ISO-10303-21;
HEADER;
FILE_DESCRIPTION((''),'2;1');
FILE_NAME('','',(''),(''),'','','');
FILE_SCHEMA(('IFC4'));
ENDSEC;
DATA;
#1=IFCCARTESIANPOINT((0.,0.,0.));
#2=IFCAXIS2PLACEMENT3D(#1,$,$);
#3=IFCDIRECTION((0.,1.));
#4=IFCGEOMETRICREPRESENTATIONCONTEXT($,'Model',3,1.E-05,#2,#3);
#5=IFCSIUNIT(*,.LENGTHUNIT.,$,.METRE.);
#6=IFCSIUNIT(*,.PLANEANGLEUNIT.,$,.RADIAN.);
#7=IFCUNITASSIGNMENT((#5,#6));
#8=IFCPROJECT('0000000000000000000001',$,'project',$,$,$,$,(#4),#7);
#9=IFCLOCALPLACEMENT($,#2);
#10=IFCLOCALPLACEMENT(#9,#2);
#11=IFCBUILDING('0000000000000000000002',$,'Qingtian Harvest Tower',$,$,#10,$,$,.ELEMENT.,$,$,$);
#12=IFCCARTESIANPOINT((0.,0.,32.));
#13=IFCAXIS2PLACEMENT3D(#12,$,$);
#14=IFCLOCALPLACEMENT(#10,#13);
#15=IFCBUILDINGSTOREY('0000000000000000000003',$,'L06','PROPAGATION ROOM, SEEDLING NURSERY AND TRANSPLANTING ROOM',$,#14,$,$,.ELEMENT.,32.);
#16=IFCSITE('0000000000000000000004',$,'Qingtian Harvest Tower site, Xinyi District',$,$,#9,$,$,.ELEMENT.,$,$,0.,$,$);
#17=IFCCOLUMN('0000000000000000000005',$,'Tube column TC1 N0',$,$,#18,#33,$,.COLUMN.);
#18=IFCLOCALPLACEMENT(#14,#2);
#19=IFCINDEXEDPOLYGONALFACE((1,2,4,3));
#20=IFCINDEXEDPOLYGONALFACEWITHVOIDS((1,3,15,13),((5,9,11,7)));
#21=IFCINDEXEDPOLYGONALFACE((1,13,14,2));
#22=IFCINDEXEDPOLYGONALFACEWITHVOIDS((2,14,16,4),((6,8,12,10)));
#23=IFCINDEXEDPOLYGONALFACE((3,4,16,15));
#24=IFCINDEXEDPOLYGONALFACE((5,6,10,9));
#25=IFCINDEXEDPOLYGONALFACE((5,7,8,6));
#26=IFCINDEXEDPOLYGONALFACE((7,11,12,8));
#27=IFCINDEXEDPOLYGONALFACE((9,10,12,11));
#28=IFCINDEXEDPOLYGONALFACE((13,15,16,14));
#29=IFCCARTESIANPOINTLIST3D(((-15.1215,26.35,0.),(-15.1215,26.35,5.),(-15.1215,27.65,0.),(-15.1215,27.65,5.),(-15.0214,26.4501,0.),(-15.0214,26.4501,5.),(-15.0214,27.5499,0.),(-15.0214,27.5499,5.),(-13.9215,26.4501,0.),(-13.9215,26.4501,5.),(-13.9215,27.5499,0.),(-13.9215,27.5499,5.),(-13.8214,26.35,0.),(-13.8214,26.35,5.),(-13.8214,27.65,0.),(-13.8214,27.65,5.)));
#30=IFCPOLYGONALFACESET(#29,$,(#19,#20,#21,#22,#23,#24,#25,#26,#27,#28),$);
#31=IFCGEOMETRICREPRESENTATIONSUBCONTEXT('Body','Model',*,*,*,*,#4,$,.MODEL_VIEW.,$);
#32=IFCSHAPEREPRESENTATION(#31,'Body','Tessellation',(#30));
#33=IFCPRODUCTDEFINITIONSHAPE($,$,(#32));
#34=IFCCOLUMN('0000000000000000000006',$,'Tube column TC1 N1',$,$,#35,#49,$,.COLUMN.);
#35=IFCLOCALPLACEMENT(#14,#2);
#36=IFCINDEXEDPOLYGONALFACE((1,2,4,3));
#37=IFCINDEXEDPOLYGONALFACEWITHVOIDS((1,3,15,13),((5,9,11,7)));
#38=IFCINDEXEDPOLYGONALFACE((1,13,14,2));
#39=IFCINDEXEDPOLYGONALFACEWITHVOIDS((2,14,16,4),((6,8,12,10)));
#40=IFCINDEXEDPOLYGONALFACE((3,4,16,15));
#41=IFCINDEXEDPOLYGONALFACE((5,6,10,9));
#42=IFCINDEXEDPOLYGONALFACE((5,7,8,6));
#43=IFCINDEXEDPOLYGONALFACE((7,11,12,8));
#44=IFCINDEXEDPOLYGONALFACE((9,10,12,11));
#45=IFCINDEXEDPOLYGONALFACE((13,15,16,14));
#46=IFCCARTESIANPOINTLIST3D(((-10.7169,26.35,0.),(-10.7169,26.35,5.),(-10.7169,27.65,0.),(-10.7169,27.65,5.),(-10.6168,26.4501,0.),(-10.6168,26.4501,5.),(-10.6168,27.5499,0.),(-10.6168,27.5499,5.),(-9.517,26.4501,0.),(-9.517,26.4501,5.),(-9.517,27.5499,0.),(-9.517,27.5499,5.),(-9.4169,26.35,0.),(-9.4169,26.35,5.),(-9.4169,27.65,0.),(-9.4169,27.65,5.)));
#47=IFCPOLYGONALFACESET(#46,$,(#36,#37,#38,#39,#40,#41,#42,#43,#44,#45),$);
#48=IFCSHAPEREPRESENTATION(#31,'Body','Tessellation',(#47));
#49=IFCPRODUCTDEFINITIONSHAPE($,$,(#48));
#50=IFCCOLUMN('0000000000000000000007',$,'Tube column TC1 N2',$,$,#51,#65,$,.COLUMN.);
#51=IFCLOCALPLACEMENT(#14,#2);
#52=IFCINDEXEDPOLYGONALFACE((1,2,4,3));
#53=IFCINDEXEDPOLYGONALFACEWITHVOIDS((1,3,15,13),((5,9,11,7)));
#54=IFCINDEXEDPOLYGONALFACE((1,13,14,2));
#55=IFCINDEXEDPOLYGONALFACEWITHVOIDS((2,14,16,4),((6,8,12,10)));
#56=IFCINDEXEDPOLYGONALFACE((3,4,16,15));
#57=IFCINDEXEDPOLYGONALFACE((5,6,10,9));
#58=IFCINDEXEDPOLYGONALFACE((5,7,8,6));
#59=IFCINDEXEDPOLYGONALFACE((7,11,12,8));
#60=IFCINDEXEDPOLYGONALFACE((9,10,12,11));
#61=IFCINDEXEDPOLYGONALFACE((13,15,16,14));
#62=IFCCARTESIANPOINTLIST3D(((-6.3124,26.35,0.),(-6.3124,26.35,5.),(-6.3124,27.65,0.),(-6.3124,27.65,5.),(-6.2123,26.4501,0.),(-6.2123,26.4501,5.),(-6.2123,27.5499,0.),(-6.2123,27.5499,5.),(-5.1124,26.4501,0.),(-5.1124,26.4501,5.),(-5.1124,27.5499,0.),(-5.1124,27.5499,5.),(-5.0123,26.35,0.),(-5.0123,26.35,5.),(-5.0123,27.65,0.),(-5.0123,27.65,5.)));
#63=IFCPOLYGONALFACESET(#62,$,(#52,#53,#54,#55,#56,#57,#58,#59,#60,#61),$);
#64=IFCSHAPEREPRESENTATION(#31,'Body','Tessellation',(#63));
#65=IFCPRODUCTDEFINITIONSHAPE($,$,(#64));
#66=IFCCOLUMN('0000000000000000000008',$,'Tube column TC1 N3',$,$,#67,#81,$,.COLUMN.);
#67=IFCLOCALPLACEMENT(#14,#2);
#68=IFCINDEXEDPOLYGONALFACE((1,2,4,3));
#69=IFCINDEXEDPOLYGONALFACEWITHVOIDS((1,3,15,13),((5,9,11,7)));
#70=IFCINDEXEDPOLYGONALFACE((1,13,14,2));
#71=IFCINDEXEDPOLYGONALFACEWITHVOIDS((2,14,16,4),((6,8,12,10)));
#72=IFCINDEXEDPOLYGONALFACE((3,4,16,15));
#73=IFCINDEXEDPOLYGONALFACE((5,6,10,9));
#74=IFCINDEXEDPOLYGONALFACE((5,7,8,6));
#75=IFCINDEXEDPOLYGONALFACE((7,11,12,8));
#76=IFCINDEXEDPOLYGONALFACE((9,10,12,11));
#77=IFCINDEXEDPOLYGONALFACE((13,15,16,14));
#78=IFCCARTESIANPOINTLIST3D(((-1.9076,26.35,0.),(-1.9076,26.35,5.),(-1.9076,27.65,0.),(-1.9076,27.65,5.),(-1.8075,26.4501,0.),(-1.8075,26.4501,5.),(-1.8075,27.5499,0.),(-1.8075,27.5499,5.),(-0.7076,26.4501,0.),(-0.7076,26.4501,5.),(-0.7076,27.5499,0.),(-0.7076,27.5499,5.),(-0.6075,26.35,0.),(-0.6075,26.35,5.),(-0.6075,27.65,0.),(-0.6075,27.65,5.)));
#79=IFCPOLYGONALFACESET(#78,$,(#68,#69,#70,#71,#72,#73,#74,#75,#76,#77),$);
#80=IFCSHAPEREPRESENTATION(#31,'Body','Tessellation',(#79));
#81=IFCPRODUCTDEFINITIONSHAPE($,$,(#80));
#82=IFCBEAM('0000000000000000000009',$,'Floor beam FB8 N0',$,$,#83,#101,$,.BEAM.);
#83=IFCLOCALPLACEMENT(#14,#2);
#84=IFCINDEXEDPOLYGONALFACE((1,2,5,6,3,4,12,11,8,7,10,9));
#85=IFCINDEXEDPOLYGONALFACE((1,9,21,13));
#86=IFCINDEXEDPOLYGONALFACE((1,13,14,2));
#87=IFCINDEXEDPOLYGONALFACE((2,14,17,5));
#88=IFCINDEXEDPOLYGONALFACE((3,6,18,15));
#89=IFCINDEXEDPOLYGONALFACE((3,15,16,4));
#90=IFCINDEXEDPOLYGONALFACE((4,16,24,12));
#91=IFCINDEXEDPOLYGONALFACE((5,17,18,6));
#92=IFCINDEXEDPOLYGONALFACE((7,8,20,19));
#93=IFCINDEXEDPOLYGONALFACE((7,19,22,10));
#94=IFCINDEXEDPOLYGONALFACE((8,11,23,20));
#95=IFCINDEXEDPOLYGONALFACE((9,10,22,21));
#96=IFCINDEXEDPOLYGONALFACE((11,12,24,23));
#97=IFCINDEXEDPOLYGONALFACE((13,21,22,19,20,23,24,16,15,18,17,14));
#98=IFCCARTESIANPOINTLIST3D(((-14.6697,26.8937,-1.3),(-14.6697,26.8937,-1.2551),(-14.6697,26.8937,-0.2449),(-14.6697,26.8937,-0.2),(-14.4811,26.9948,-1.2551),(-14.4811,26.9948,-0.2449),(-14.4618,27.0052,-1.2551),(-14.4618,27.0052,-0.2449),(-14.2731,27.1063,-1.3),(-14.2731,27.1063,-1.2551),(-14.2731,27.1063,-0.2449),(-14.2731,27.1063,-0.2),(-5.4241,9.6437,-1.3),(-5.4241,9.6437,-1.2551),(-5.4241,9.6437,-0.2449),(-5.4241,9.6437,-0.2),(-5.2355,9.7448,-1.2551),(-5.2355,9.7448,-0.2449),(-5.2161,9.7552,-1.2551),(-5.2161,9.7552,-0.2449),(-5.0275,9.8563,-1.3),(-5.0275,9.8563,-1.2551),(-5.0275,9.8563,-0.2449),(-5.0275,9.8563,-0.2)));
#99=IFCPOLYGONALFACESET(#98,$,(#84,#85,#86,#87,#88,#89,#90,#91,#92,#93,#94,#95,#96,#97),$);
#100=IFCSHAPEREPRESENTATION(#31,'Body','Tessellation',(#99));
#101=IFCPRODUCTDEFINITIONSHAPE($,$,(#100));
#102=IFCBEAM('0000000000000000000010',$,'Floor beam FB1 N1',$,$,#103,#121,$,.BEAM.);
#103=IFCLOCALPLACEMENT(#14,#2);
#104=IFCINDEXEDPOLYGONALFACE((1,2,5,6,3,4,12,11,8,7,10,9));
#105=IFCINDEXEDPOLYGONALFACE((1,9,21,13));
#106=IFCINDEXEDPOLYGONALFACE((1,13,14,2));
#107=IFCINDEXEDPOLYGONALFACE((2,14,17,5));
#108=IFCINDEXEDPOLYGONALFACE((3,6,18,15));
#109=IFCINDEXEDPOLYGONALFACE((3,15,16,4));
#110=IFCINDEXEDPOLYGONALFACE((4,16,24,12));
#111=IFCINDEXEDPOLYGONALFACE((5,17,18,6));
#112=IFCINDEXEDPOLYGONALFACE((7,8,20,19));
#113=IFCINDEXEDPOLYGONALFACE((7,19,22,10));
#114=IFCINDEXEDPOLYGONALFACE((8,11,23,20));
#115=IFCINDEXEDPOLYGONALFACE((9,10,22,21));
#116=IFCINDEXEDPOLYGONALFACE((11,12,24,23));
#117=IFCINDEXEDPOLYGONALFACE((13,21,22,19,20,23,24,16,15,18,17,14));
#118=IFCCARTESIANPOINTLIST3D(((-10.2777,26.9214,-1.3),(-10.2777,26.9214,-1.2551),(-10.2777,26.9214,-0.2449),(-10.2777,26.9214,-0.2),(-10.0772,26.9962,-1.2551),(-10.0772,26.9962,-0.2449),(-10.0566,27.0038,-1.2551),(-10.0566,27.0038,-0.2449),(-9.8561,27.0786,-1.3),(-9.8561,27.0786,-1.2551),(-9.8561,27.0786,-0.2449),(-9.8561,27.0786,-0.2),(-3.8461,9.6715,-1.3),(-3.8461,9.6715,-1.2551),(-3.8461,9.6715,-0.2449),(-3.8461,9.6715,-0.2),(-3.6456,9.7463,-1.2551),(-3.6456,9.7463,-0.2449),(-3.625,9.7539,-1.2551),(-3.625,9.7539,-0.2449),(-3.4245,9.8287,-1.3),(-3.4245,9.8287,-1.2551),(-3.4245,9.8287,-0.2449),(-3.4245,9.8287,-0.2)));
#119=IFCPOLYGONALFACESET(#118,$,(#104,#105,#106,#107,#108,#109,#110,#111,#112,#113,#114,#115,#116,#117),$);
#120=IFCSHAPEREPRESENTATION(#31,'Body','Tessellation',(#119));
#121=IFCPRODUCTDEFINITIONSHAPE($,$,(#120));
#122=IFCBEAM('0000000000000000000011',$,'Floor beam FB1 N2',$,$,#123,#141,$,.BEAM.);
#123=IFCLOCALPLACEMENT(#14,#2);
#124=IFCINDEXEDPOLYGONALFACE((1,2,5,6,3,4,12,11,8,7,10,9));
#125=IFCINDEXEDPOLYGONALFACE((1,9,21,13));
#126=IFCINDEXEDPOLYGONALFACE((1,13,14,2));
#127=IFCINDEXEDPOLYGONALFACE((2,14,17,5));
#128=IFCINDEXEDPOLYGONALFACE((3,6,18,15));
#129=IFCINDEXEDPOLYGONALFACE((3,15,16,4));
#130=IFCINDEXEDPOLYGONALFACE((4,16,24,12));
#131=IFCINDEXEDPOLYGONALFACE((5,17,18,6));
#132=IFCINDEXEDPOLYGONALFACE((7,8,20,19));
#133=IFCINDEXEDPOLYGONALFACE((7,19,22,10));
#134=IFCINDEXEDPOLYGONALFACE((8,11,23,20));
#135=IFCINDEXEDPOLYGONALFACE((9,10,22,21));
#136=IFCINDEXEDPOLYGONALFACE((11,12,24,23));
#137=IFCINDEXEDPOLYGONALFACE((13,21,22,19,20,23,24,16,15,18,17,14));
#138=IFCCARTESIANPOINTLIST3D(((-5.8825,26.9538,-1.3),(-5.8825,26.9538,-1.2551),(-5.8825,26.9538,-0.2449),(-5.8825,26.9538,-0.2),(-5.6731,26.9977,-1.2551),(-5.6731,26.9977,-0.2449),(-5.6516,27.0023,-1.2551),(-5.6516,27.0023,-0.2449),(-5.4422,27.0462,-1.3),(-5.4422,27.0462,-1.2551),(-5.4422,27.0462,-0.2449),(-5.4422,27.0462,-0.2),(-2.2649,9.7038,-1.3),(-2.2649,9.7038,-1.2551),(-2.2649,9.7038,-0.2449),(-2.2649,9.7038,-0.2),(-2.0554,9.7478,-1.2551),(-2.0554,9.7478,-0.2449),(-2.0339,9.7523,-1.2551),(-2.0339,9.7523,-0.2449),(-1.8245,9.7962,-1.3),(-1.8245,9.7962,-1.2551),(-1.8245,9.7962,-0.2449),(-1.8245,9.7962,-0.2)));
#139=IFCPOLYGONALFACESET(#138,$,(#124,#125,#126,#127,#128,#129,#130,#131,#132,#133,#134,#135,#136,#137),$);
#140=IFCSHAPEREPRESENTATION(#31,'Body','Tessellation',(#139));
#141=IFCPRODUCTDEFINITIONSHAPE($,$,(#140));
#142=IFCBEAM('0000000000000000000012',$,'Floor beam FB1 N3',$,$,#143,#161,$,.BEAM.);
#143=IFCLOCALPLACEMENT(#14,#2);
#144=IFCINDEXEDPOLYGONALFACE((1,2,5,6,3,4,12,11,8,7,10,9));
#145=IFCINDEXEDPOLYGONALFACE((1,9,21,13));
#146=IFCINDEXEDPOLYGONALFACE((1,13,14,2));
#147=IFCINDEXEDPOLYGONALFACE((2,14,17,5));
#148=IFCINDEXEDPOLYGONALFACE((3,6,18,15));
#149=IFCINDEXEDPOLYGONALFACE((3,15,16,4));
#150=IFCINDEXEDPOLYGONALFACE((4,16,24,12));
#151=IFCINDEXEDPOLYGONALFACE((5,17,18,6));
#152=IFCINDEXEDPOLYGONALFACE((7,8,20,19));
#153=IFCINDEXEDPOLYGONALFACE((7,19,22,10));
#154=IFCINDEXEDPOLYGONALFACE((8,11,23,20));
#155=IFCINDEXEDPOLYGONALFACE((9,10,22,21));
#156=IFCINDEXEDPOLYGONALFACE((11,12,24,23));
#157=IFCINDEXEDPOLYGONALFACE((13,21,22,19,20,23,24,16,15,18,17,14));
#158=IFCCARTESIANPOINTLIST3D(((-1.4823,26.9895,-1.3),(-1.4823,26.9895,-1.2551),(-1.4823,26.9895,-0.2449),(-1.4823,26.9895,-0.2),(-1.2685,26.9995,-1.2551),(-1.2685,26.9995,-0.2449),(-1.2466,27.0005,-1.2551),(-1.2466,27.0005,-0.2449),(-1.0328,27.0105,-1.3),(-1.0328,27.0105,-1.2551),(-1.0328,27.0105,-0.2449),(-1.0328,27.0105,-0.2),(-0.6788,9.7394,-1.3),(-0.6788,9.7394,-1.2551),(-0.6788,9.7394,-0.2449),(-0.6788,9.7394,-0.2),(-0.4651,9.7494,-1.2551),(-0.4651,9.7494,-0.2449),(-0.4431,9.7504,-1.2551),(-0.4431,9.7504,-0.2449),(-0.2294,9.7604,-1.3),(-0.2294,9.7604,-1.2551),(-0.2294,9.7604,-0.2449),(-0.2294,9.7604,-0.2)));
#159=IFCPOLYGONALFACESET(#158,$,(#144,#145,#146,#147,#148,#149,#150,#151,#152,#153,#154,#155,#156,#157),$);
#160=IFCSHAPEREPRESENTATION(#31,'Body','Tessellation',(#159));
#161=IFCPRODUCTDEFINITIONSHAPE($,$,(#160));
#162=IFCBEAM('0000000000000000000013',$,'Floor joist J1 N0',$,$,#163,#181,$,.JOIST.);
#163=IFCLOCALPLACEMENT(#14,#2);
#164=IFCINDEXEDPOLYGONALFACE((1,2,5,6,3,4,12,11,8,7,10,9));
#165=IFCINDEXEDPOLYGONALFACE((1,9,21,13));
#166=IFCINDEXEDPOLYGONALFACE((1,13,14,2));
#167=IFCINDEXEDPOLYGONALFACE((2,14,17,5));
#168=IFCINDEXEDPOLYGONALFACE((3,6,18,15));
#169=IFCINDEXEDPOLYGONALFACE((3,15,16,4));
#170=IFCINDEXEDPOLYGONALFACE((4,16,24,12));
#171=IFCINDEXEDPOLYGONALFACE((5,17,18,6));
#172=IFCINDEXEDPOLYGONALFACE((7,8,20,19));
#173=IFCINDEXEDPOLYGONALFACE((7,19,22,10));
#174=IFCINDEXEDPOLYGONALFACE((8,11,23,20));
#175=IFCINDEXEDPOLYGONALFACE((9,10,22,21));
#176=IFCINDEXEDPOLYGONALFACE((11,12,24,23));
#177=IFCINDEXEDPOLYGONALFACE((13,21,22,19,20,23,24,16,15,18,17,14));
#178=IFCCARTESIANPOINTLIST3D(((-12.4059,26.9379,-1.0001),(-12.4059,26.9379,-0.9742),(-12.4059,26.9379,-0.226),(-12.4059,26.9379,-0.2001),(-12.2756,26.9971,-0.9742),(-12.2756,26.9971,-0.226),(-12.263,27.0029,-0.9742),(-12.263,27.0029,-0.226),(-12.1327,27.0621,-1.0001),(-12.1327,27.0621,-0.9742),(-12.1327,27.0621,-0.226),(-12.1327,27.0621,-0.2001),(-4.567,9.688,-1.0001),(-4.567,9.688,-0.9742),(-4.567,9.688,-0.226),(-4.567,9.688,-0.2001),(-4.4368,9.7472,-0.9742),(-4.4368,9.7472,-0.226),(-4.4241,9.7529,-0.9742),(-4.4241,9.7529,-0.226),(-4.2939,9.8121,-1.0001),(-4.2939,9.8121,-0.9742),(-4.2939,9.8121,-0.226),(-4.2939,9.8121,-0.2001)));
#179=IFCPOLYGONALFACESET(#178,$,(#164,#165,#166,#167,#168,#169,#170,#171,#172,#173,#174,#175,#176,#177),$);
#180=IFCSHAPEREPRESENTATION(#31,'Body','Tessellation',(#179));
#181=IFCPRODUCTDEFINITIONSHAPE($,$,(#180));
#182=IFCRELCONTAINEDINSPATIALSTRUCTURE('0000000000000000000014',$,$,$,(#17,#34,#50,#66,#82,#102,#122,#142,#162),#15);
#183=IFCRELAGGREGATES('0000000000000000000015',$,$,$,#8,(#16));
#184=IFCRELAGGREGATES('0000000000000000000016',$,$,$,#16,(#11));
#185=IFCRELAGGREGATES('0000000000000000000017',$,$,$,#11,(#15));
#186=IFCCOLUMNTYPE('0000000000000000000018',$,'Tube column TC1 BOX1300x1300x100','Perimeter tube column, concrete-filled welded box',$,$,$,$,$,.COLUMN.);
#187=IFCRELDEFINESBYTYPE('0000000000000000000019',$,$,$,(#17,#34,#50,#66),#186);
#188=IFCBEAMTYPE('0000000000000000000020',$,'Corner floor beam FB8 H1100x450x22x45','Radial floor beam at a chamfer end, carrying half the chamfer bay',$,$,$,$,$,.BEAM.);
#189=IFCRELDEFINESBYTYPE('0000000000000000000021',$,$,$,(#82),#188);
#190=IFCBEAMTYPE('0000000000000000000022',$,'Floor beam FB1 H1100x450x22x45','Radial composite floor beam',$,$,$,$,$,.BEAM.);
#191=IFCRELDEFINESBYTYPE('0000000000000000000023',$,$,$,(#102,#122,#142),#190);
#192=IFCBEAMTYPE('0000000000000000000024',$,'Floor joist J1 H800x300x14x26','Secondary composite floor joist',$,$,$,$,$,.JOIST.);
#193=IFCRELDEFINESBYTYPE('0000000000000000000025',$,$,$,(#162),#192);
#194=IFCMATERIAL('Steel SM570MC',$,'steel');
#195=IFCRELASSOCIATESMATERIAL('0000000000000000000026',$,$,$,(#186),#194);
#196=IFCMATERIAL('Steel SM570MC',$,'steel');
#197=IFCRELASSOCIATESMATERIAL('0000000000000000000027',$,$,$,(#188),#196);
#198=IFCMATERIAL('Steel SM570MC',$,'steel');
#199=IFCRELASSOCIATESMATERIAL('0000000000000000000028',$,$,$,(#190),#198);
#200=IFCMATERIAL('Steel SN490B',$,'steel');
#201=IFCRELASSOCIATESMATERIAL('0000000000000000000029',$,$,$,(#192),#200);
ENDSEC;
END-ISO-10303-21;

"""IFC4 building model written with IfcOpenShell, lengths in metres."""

from ifc_helpers import new_model, si_unit, direction, frame, origin, origin_2d, place, context, subcontext, project, spatial, hollow_rectangle, i_section, extrude, material, material_profile, profile_set, type_object, element, save


model = new_model("IFC4")

# Units and contexts
model_context = context("Model", 3, precision=1e-05, world=origin(), true_north=direction((0.0, 1.0)))
body_context = subcontext(model_context, "Body", "Model", "MODEL_VIEW")
ifc_project = project(units=[si_unit("LENGTHUNIT", "METRE"), si_unit("PLANEANGLEUNIT", "RADIAN")], contexts=[model_context])

# Site, building, storey
site_placement = place(None, origin())
site = spatial("IfcSite", under=ifc_project, at=site_placement, Name="Qingtian Harvest Tower site, Xinyi District", CompositionType="ELEMENT", RefElevation=0.0)
building_placement = place(site_placement, origin())
building = spatial("IfcBuilding", under=site, at=building_placement, Name="Qingtian Harvest Tower", CompositionType="ELEMENT")
storey_placement = place(building_placement, frame((0.0, 0.0, 32.0)))
storey = spatial("IfcBuildingStorey", under=building, at=storey_placement, Name="L06", Description="PROPAGATION ROOM, SEEDLING NURSERY AND TRANSPLANTING ROOM", CompositionType="ELEMENT", Elevation=32.0)

# Columns
ifc_material_1 = material(Name="Steel SM570MC", Category="steel")
ifc_material_profile_1 = material_profile(ifc_material_1, hollow_rectangle(XDim=1.3, YDim=1.3, WallThickness=0.1001, at=origin_2d()), Name="BOX1300x1300x100")
ifc_profile_set_1 = profile_set([ifc_material_profile_1], Name="Steel SM570MC")
column_type = type_object("IfcColumnType", Name="Tube column TC1 BOX1300x1300x100", Description="Perimeter tube column, concrete-filled welded box", PredefinedType="COLUMN", material=ifc_profile_set_1)
for number, where, z_axis, x_axis, name in (
    (1, (-14.4714, 27.0, 0.0), (0.0, 0.0, 1.0), (-1.0, 0.0, 0.0), "Tube column TC1 N0"),
    (2, (-10.0669, 27.0, 0.0), (0.0, 0.0, 1.0), (-1.0, 0.0, 0.0), "Tube column TC1 N1"),
    (3, (-5.6624, 27.0, 0.0), (0.0, 0.0, 1.0), (-1.0, 0.0, 0.0), "Tube column TC1 N2"),
    (4, (-1.2576, 27.0, 0.0), (0.0, 0.0, 1.0), (-1.0, 0.0, 0.0), "Tube column TC1 N3"),
):
    element("IfcColumn", number, at=place(storey_placement, frame(where, z_axis=z_axis, x_axis=x_axis)), inside=storey, type_object=column_type, Name=name, PredefinedType="COLUMN", context=body_context, shape_type="SweptSolid", body=[
        extrude(hollow_rectangle(XDim=1.3, YDim=1.3, WallThickness=0.1001, at=origin_2d()), origin(), (0.0, 0.0, 1.0), 5.0),
    ])

# Beams
ifc_material_2 = material(Name="Steel SM570MC", Category="steel")
ifc_material_profile_2 = material_profile(ifc_material_2, i_section(OverallWidth=0.45, OverallDepth=1.1001, WebThickness=0.022, FlangeThickness=0.0449, at=origin_2d()), Name="H1100x450x22x45")
ifc_profile_set_2 = profile_set([ifc_material_profile_2], Name="Steel SM570MC")
beam_type_1 = type_object("IfcBeamType", Name="Corner floor beam FB8 H1100x450x22x45", Description="Radial floor beam at a chamfer end, carrying half the chamfer bay", PredefinedType="BEAM", material=ifc_profile_set_2)
beam_1_placement = place(storey_placement, frame((-14.4714, 27.0, -0.75), z_axis=(0.472401, -0.881384, 0.0), x_axis=(0.881384, 0.472401, 0.0)))
element("IfcBeam", 5, at=beam_1_placement, inside=storey, type_object=beam_type_1, Name="Floor beam FB8 N0", PredefinedType="BEAM", context=body_context, shape_type="SweptSolid", body=[
    extrude(i_section(OverallWidth=0.45, OverallDepth=1.1001, WebThickness=0.022, FlangeThickness=0.0449, at=origin_2d()), origin(), (0.0, 0.0, 1.0), 19.5715),
])
ifc_material_3 = material(Name="Steel SM570MC", Category="steel")
ifc_material_profile_3 = material_profile(ifc_material_3, i_section(OverallWidth=0.45, OverallDepth=1.1001, WebThickness=0.022, FlangeThickness=0.0449, at=origin_2d()), Name="H1100x450x22x45")
ifc_profile_set_3 = profile_set([ifc_material_profile_3], Name="Steel SM570MC")
beam_type_2 = type_object("IfcBeamType", Name="Floor beam FB1 H1100x450x22x45", Description="Radial composite floor beam", PredefinedType="BEAM", material=ifc_profile_set_3)
beam_2_placement = place(storey_placement, frame((-10.0669, 27.0, -0.75), z_axis=(0.349356, -0.93699, 0.0), x_axis=(0.93699, 0.349356, 0.0)))
element("IfcBeam", 6, at=beam_2_placement, inside=storey, type_object=beam_type_2, Name="Floor beam FB1 N1", PredefinedType="BEAM", context=body_context, shape_type="SweptSolid", body=[
    extrude(i_section(OverallWidth=0.45, OverallDepth=1.1001, WebThickness=0.022, FlangeThickness=0.0449, at=origin_2d()), origin(), (0.0, 0.0, 1.0), 18.4099),
])
beam_3_placement = place(storey_placement, frame((-5.6624, 27.0, -0.75), z_axis=(0.205255, -0.978709, 0.0), x_axis=(0.978709, 0.205255, 0.0)))
element("IfcBeam", 7, at=beam_3_placement, inside=storey, type_object=beam_type_2, Name="Floor beam FB1 N2", PredefinedType="BEAM", context=body_context, shape_type="SweptSolid", body=[
    extrude(i_section(OverallWidth=0.45, OverallDepth=1.1001, WebThickness=0.022, FlangeThickness=0.0449, at=origin_2d()), origin(), (0.0, 0.0, 1.0), 17.6252),
])
beam_4_placement = place(storey_placement, frame((-1.2576, 27.0, -0.75), z_axis=(0.046527, -0.998917, 0.0), x_axis=(0.998917, 0.046527, 0.0)))
element("IfcBeam", 8, at=beam_4_placement, inside=storey, type_object=beam_type_2, Name="Floor beam FB1 N3", PredefinedType="BEAM", context=body_context, shape_type="SweptSolid", body=[
    extrude(i_section(OverallWidth=0.45, OverallDepth=1.1001, WebThickness=0.022, FlangeThickness=0.0449, at=origin_2d()), origin(), (0.0, 0.0, 1.0), 17.2688),
])
ifc_material_4 = material(Name="Steel SN490B", Category="steel")
ifc_material_profile_4 = material_profile(ifc_material_4, i_section(OverallWidth=0.3, OverallDepth=0.8, WebThickness=0.0139, FlangeThickness=0.0259, at=origin_2d()), Name="H800x300x14x26")
ifc_profile_set_4 = profile_set([ifc_material_profile_4], Name="Steel SN490B")
beam_type_3 = type_object("IfcBeamType", Name="Floor joist J1 H800x300x14x26", Description="Secondary composite floor joist", PredefinedType="JOIST", material=ifc_profile_set_4)
beam_5_placement = place(storey_placement, frame((-12.2693, 27.0, -0.6001), z_axis=(0.413714, -0.910407, 0.0), x_axis=(0.910407, 0.413714, 0.0)))
element("IfcBeam", 9, at=beam_5_placement, inside=storey, type_object=beam_type_3, Name="Floor joist J1 N0", PredefinedType="JOIST", context=body_context, shape_type="SweptSolid", body=[
    extrude(i_section(OverallWidth=0.3, OverallDepth=0.8, WebThickness=0.0139, FlangeThickness=0.0259, at=origin_2d()), origin(), (0.0, 0.0, 1.0), 18.9475),
])

save(model, "model.ifc")
